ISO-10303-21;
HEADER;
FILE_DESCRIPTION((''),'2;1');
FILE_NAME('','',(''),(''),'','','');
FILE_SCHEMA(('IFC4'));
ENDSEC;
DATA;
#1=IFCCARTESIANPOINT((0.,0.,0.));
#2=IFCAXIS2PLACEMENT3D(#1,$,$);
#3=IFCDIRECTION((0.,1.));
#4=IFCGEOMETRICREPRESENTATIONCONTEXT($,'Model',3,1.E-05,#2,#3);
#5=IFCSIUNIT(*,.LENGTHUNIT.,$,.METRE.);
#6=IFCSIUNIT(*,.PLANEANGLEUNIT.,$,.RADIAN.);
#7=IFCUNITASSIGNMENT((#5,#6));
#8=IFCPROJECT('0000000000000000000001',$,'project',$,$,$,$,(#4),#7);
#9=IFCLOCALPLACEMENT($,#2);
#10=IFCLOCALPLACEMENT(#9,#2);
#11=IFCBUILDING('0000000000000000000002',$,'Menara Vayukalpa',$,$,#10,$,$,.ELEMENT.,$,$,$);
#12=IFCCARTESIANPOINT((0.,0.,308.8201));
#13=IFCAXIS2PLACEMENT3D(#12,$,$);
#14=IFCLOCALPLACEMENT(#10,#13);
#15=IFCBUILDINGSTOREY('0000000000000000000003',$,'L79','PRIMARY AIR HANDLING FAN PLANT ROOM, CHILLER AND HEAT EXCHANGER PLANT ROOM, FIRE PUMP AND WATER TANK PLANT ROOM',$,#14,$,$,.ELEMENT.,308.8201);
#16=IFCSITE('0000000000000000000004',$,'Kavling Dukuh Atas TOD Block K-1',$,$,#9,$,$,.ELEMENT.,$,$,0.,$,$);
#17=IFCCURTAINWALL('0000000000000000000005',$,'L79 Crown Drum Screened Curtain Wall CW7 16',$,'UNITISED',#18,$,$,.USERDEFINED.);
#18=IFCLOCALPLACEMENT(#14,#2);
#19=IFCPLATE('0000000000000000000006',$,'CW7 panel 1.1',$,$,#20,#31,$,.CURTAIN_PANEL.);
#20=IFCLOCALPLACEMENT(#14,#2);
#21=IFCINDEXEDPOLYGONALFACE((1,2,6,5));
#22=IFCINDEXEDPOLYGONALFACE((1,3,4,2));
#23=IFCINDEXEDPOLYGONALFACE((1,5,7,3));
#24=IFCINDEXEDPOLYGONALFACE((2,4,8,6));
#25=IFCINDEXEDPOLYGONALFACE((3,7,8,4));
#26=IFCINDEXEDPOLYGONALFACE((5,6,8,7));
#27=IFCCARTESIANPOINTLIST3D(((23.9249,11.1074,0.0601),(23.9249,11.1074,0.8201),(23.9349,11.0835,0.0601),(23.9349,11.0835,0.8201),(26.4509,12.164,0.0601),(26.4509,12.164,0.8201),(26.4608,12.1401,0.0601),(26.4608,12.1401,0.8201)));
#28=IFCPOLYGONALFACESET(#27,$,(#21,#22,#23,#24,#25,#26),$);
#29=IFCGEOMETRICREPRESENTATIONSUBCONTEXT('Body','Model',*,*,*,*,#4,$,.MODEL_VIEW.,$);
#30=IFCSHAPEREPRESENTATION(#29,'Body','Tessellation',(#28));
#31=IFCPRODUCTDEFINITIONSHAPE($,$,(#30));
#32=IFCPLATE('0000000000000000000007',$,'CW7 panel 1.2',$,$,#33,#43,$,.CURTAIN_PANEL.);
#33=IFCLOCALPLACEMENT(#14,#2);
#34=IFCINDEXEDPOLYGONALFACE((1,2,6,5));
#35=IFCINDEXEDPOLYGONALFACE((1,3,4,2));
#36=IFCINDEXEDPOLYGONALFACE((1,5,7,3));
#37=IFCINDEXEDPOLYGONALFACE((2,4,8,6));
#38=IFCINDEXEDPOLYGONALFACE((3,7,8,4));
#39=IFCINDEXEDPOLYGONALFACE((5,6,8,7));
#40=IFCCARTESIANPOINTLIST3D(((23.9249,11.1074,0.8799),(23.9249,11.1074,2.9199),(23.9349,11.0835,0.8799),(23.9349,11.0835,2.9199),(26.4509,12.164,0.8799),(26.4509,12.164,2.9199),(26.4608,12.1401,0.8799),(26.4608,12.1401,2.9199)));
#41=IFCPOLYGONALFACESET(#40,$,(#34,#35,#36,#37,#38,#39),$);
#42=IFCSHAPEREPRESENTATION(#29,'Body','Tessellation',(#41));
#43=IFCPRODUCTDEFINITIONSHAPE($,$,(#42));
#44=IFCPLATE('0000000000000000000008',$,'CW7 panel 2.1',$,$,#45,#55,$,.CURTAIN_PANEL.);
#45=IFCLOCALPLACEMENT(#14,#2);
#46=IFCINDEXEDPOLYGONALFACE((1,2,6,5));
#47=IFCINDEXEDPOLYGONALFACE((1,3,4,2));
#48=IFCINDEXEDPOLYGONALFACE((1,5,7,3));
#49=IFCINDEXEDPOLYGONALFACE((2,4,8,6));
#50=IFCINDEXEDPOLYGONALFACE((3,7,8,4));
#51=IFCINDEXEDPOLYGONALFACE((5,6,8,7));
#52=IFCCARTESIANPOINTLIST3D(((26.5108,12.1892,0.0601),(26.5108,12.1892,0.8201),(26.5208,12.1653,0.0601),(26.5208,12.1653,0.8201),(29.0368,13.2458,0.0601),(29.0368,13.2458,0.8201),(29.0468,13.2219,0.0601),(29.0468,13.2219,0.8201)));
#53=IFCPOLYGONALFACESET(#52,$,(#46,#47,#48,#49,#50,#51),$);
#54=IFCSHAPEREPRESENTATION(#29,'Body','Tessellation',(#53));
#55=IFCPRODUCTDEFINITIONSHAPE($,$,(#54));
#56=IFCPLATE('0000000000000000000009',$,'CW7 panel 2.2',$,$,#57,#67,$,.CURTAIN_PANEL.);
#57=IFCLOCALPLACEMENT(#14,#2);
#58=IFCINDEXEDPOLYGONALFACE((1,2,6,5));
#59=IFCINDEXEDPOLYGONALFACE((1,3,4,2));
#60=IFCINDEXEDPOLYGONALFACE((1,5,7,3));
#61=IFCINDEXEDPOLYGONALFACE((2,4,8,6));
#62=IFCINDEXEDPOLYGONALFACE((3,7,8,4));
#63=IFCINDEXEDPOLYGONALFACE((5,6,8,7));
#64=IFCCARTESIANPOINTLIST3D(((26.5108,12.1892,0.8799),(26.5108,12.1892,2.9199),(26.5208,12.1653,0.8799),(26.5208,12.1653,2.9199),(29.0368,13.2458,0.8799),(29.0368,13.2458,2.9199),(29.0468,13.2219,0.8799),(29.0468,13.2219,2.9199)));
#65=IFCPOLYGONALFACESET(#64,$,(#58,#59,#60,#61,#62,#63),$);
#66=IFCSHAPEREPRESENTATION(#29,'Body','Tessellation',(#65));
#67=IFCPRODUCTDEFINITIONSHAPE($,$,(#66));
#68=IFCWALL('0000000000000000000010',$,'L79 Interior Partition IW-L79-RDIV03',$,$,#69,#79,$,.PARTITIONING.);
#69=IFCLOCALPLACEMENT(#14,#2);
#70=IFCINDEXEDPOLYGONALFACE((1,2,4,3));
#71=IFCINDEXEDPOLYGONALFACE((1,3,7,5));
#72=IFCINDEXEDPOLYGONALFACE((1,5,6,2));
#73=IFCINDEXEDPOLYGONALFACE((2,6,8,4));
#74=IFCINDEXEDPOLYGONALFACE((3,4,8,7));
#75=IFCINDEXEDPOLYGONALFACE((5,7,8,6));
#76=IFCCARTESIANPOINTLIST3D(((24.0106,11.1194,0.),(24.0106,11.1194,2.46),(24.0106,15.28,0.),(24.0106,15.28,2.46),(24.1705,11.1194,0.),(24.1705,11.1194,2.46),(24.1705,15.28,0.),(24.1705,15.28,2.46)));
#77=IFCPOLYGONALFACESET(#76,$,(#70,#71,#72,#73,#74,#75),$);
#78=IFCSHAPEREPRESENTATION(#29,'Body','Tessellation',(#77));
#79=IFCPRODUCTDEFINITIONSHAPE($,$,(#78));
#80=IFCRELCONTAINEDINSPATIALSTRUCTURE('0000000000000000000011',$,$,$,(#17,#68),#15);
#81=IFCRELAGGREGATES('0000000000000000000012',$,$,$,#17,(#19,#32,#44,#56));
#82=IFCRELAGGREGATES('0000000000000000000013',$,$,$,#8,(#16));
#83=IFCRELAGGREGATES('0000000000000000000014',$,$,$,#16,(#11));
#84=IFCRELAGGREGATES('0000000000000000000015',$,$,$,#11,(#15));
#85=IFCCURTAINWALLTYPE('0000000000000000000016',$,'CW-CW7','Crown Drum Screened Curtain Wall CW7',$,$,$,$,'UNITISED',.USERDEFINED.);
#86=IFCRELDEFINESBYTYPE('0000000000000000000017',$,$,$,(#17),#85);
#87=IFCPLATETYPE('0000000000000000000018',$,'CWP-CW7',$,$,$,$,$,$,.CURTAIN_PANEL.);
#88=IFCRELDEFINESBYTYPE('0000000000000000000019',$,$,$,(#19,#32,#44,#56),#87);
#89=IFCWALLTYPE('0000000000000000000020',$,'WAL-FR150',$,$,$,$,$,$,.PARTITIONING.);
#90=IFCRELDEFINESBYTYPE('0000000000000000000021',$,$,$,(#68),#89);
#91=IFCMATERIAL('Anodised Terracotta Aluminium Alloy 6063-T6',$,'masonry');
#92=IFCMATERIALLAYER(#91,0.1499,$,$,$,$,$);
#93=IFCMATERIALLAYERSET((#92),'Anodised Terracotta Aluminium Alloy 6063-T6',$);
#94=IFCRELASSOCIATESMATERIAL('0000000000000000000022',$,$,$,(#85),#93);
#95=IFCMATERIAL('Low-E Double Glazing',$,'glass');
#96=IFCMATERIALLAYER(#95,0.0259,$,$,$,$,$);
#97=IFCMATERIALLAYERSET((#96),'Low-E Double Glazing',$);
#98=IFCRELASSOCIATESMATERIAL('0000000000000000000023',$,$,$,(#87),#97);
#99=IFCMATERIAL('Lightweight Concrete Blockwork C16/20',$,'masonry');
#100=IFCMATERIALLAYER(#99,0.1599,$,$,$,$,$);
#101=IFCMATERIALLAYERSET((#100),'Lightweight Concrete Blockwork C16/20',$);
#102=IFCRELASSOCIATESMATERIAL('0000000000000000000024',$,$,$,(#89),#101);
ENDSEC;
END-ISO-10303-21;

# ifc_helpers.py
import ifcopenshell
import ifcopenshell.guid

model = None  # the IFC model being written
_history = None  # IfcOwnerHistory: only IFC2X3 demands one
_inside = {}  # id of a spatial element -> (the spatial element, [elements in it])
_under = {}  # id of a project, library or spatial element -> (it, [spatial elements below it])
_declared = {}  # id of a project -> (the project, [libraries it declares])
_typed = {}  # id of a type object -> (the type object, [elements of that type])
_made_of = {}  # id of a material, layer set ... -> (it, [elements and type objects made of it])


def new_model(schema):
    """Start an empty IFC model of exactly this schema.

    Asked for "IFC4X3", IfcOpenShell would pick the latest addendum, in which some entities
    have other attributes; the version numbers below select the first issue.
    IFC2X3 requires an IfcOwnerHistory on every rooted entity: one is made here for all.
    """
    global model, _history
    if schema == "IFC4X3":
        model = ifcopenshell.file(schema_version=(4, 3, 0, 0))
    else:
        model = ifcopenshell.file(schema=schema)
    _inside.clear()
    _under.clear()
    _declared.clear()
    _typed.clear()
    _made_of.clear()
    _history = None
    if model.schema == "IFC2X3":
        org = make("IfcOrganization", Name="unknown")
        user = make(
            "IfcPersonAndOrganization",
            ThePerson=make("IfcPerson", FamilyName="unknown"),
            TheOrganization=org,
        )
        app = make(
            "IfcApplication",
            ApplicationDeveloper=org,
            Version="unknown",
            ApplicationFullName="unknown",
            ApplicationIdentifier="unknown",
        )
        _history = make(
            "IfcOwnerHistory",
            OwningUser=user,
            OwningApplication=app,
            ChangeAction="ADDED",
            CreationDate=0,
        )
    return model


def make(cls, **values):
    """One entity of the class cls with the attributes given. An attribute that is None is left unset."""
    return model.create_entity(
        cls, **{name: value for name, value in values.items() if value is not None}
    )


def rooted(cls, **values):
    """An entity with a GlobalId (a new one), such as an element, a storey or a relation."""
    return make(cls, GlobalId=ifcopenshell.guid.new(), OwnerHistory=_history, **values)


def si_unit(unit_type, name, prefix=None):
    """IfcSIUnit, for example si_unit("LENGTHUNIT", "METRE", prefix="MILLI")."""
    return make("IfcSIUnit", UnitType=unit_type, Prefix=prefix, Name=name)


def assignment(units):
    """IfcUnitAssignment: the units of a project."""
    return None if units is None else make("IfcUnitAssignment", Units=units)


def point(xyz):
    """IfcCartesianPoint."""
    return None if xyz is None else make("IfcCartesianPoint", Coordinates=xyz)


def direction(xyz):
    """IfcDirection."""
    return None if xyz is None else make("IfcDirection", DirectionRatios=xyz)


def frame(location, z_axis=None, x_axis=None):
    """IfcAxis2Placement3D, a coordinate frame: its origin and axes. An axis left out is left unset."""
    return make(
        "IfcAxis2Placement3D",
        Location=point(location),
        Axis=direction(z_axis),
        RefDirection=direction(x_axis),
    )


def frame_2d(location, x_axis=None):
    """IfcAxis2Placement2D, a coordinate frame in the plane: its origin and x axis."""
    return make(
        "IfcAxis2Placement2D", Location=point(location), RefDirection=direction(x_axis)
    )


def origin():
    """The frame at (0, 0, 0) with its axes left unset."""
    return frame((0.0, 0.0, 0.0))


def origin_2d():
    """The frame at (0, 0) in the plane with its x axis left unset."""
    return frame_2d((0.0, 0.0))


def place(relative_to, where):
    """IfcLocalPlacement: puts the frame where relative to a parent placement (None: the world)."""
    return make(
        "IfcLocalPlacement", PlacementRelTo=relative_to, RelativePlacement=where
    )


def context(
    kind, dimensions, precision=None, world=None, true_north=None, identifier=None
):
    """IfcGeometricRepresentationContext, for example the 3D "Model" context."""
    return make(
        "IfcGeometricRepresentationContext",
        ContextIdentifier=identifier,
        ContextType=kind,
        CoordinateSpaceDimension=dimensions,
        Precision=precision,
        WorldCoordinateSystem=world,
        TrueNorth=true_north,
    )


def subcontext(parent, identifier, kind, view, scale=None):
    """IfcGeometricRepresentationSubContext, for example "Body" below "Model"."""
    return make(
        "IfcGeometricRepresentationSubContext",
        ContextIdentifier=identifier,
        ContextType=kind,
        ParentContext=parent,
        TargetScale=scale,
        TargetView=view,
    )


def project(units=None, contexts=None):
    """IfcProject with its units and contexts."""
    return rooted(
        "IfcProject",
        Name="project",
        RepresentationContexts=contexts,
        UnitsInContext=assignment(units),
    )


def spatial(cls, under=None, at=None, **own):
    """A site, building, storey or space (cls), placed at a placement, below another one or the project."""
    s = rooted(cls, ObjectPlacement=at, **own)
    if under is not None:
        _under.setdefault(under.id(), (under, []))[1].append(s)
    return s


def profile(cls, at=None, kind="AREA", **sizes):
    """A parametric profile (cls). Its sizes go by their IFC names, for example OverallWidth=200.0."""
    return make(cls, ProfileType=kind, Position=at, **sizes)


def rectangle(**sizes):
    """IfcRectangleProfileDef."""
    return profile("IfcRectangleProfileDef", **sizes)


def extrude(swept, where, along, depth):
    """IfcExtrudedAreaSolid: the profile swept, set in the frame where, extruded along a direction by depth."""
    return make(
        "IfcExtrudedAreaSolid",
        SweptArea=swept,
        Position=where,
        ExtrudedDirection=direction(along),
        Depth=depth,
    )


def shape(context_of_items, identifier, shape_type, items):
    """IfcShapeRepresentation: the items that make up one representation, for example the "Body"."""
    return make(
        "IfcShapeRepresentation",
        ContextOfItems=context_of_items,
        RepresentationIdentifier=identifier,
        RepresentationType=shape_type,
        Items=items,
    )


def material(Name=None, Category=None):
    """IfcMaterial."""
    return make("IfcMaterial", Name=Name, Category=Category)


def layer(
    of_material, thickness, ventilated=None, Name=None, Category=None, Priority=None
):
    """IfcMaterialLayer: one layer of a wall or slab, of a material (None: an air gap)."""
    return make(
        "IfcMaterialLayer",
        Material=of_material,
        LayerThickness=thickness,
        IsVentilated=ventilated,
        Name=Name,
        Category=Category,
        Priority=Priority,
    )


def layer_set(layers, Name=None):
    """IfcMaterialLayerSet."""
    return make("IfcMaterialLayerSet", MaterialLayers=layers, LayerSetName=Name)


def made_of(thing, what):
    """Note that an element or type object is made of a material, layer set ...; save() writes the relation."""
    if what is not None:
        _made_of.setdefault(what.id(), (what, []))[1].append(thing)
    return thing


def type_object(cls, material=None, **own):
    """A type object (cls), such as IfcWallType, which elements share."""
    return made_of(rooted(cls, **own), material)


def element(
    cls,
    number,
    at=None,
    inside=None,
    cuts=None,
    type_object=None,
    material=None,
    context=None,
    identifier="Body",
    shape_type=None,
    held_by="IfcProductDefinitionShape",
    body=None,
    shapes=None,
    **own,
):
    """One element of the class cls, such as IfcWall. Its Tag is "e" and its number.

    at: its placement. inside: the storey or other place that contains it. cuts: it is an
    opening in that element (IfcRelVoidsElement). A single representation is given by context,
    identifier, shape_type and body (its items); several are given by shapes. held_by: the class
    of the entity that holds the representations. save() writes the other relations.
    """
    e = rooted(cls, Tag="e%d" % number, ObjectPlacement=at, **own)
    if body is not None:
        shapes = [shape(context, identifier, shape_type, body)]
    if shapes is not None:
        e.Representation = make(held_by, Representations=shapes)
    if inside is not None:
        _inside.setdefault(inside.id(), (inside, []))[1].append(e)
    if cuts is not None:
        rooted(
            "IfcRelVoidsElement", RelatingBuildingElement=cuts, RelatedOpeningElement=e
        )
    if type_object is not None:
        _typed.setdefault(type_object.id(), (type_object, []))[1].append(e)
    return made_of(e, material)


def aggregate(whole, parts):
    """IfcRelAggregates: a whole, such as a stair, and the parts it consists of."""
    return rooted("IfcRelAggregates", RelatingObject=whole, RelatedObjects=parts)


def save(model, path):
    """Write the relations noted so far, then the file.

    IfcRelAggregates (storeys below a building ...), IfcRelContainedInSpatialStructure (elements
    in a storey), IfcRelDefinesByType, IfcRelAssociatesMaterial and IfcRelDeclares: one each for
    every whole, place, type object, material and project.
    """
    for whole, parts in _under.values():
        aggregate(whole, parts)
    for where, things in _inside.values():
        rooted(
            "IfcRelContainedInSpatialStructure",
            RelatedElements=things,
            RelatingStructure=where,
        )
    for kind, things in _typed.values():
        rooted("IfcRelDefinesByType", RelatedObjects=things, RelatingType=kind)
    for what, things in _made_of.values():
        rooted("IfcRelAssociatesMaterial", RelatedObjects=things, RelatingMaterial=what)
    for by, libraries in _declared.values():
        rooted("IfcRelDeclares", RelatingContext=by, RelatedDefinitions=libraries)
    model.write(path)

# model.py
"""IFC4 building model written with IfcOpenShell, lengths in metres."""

from ifc_helpers import new_model, si_unit, direction, frame, frame_2d, origin, origin_2d, place, context, subcontext, project, spatial, rectangle, extrude, material, layer, layer_set, type_object, element, aggregate, save


model = new_model("IFC4")

# Units and contexts
model_context = context("Model", 3, precision=1e-05, world=origin(), true_north=direction((0.0, 1.0)))
body_context = subcontext(model_context, "Body", "Model", "MODEL_VIEW")
ifc_project = project(units=[si_unit("LENGTHUNIT", "METRE"), si_unit("PLANEANGLEUNIT", "RADIAN")], contexts=[model_context])

# Site, building, storey
site_placement = place(None, origin())
site = spatial("IfcSite", under=ifc_project, at=site_placement, Name="Kavling Dukuh Atas TOD Block K-1", CompositionType="ELEMENT", RefElevation=0.0)
building_placement = place(site_placement, origin())
building = spatial("IfcBuilding", under=site, at=building_placement, Name="Menara Vayukalpa", CompositionType="ELEMENT")
storey_placement = place(building_placement, frame((0.0, 0.0, 308.8201)))
storey = spatial("IfcBuildingStorey", under=building, at=storey_placement, Name="L79", Description="PRIMARY AIR HANDLING FAN PLANT ROOM, CHILLER AND HEAT EXCHANGER PLANT ROOM, FIRE PUMP AND WATER TANK PLANT ROOM", CompositionType="ELEMENT", Elevation=308.8201)

# Shared definitions
ifc_material_1 = material(Name="Anodised Terracotta Aluminium Alloy 6063-T6", Category="masonry")
ifc_layer_1 = layer(ifc_material_1, 0.1499)
ifc_layer_set_1 = layer_set([ifc_layer_1], Name="Anodised Terracotta Aluminium Alloy 6063-T6")
curtain_wall_type = type_object("IfcCurtainWallType", Name="CW-CW7", Description="Crown Drum Screened Curtain Wall CW7", ElementType="UNITISED", PredefinedType="USERDEFINED", material=ifc_layer_set_1)

# Curtain wall
curtain_wall_1_placement = place(storey_placement, origin())
curtain_wall_1 = element("IfcCurtainWall", 1, at=curtain_wall_1_placement, inside=storey, type_object=curtain_wall_type, Name="L79 Crown Drum Screened Curtain Wall CW7 16", ObjectType="UNITISED", PredefinedType="USERDEFINED")

# Plates
ifc_material_2 = material(Name="Low-E Double Glazing", Category="glass")
ifc_layer_2 = layer(ifc_material_2, 0.0259)
ifc_layer_set_2 = layer_set([ifc_layer_2], Name="Low-E Double Glazing")
plate_type = type_object("IfcPlateType", Name="CWP-CW7", PredefinedType="CURTAIN_PANEL", material=ifc_layer_set_2)
plate_1_placement = place(storey_placement, frame((25.1929, 11.6238, 0.0601), z_axis=(0.0, 0.0, 1.0), x_axis=(0.922541, 0.385898, 0.0)))
plate_1 = element("IfcPlate", 2, at=plate_1_placement, type_object=plate_type, Name="CW7 panel 1.1", PredefinedType="CURTAIN_PANEL", context=body_context, shape_type="SweptSolid", body=[
    extrude(rectangle(XDim=2.738, YDim=0.0259, at=origin_2d()), origin(), (0.0, 0.0, 1.0), 0.76),
])
plate_2_placement = place(storey_placement, frame((25.1929, 11.6238, 0.8799), z_axis=(0.0, 0.0, 1.0), x_axis=(0.922541, 0.385898, 0.0)))
plate_2 = element("IfcPlate", 3, at=plate_2_placement, type_object=plate_type, Name="CW7 panel 1.2", PredefinedType="CURTAIN_PANEL", context=body_context, shape_type="SweptSolid", body=[
    extrude(rectangle(XDim=2.738, YDim=0.0259, at=origin_2d()), origin(), (0.0, 0.0, 1.0), 2.04),
])
plate_3_placement = place(storey_placement, frame((27.7788, 12.7056, 0.0601), z_axis=(0.0, 0.0, 1.0), x_axis=(0.922541, 0.385898, 0.0)))
plate_3 = element("IfcPlate", 4, at=plate_3_placement, type_object=plate_type, Name="CW7 panel 2.1", PredefinedType="CURTAIN_PANEL", context=body_context, shape_type="SweptSolid", body=[
    extrude(rectangle(XDim=2.738, YDim=0.0259, at=origin_2d()), origin(), (0.0, 0.0, 1.0), 0.76),
])
plate_4_placement = place(storey_placement, frame((27.7788, 12.7056, 0.8799), z_axis=(0.0, 0.0, 1.0), x_axis=(0.922541, 0.385898, 0.0)))
plate_4 = element("IfcPlate", 5, at=plate_4_placement, type_object=plate_type, Name="CW7 panel 2.2", PredefinedType="CURTAIN_PANEL", context=body_context, shape_type="SweptSolid", body=[
    extrude(rectangle(XDim=2.738, YDim=0.0259, at=origin_2d()), origin(), (0.0, 0.0, 1.0), 2.04),
])
aggregate(curtain_wall_1, [plate_1, plate_2, plate_3, plate_4])

# Wall
ifc_material_3 = material(Name="Lightweight Concrete Blockwork C16/20", Category="masonry")
ifc_layer_3 = layer(ifc_material_3, 0.1599)
ifc_layer_set_3 = layer_set([ifc_layer_3], Name="Lightweight Concrete Blockwork C16/20")
wall_type = type_object("IfcWallType", Name="WAL-FR150", PredefinedType="PARTITIONING", material=ifc_layer_set_3)
wall_placement = place(storey_placement, frame((24.0906, 11.1194, 0.0), z_axis=(0.0, 0.0, 1.0), x_axis=(0.0, 1.0, 0.0)))
element("IfcWall", 6, at=wall_placement, inside=storey, type_object=wall_type, Name="L79 Interior Partition IW-L79-RDIV03", PredefinedType="PARTITIONING", context=body_context, shape_type="SweptSolid", body=[
    extrude(rectangle(XDim=4.1606, YDim=0.1599, at=frame_2d((2.0803, 0.0))), origin(), (0.0, 0.0, 1.0), 2.46),
])

save(model, "model.ifc")
